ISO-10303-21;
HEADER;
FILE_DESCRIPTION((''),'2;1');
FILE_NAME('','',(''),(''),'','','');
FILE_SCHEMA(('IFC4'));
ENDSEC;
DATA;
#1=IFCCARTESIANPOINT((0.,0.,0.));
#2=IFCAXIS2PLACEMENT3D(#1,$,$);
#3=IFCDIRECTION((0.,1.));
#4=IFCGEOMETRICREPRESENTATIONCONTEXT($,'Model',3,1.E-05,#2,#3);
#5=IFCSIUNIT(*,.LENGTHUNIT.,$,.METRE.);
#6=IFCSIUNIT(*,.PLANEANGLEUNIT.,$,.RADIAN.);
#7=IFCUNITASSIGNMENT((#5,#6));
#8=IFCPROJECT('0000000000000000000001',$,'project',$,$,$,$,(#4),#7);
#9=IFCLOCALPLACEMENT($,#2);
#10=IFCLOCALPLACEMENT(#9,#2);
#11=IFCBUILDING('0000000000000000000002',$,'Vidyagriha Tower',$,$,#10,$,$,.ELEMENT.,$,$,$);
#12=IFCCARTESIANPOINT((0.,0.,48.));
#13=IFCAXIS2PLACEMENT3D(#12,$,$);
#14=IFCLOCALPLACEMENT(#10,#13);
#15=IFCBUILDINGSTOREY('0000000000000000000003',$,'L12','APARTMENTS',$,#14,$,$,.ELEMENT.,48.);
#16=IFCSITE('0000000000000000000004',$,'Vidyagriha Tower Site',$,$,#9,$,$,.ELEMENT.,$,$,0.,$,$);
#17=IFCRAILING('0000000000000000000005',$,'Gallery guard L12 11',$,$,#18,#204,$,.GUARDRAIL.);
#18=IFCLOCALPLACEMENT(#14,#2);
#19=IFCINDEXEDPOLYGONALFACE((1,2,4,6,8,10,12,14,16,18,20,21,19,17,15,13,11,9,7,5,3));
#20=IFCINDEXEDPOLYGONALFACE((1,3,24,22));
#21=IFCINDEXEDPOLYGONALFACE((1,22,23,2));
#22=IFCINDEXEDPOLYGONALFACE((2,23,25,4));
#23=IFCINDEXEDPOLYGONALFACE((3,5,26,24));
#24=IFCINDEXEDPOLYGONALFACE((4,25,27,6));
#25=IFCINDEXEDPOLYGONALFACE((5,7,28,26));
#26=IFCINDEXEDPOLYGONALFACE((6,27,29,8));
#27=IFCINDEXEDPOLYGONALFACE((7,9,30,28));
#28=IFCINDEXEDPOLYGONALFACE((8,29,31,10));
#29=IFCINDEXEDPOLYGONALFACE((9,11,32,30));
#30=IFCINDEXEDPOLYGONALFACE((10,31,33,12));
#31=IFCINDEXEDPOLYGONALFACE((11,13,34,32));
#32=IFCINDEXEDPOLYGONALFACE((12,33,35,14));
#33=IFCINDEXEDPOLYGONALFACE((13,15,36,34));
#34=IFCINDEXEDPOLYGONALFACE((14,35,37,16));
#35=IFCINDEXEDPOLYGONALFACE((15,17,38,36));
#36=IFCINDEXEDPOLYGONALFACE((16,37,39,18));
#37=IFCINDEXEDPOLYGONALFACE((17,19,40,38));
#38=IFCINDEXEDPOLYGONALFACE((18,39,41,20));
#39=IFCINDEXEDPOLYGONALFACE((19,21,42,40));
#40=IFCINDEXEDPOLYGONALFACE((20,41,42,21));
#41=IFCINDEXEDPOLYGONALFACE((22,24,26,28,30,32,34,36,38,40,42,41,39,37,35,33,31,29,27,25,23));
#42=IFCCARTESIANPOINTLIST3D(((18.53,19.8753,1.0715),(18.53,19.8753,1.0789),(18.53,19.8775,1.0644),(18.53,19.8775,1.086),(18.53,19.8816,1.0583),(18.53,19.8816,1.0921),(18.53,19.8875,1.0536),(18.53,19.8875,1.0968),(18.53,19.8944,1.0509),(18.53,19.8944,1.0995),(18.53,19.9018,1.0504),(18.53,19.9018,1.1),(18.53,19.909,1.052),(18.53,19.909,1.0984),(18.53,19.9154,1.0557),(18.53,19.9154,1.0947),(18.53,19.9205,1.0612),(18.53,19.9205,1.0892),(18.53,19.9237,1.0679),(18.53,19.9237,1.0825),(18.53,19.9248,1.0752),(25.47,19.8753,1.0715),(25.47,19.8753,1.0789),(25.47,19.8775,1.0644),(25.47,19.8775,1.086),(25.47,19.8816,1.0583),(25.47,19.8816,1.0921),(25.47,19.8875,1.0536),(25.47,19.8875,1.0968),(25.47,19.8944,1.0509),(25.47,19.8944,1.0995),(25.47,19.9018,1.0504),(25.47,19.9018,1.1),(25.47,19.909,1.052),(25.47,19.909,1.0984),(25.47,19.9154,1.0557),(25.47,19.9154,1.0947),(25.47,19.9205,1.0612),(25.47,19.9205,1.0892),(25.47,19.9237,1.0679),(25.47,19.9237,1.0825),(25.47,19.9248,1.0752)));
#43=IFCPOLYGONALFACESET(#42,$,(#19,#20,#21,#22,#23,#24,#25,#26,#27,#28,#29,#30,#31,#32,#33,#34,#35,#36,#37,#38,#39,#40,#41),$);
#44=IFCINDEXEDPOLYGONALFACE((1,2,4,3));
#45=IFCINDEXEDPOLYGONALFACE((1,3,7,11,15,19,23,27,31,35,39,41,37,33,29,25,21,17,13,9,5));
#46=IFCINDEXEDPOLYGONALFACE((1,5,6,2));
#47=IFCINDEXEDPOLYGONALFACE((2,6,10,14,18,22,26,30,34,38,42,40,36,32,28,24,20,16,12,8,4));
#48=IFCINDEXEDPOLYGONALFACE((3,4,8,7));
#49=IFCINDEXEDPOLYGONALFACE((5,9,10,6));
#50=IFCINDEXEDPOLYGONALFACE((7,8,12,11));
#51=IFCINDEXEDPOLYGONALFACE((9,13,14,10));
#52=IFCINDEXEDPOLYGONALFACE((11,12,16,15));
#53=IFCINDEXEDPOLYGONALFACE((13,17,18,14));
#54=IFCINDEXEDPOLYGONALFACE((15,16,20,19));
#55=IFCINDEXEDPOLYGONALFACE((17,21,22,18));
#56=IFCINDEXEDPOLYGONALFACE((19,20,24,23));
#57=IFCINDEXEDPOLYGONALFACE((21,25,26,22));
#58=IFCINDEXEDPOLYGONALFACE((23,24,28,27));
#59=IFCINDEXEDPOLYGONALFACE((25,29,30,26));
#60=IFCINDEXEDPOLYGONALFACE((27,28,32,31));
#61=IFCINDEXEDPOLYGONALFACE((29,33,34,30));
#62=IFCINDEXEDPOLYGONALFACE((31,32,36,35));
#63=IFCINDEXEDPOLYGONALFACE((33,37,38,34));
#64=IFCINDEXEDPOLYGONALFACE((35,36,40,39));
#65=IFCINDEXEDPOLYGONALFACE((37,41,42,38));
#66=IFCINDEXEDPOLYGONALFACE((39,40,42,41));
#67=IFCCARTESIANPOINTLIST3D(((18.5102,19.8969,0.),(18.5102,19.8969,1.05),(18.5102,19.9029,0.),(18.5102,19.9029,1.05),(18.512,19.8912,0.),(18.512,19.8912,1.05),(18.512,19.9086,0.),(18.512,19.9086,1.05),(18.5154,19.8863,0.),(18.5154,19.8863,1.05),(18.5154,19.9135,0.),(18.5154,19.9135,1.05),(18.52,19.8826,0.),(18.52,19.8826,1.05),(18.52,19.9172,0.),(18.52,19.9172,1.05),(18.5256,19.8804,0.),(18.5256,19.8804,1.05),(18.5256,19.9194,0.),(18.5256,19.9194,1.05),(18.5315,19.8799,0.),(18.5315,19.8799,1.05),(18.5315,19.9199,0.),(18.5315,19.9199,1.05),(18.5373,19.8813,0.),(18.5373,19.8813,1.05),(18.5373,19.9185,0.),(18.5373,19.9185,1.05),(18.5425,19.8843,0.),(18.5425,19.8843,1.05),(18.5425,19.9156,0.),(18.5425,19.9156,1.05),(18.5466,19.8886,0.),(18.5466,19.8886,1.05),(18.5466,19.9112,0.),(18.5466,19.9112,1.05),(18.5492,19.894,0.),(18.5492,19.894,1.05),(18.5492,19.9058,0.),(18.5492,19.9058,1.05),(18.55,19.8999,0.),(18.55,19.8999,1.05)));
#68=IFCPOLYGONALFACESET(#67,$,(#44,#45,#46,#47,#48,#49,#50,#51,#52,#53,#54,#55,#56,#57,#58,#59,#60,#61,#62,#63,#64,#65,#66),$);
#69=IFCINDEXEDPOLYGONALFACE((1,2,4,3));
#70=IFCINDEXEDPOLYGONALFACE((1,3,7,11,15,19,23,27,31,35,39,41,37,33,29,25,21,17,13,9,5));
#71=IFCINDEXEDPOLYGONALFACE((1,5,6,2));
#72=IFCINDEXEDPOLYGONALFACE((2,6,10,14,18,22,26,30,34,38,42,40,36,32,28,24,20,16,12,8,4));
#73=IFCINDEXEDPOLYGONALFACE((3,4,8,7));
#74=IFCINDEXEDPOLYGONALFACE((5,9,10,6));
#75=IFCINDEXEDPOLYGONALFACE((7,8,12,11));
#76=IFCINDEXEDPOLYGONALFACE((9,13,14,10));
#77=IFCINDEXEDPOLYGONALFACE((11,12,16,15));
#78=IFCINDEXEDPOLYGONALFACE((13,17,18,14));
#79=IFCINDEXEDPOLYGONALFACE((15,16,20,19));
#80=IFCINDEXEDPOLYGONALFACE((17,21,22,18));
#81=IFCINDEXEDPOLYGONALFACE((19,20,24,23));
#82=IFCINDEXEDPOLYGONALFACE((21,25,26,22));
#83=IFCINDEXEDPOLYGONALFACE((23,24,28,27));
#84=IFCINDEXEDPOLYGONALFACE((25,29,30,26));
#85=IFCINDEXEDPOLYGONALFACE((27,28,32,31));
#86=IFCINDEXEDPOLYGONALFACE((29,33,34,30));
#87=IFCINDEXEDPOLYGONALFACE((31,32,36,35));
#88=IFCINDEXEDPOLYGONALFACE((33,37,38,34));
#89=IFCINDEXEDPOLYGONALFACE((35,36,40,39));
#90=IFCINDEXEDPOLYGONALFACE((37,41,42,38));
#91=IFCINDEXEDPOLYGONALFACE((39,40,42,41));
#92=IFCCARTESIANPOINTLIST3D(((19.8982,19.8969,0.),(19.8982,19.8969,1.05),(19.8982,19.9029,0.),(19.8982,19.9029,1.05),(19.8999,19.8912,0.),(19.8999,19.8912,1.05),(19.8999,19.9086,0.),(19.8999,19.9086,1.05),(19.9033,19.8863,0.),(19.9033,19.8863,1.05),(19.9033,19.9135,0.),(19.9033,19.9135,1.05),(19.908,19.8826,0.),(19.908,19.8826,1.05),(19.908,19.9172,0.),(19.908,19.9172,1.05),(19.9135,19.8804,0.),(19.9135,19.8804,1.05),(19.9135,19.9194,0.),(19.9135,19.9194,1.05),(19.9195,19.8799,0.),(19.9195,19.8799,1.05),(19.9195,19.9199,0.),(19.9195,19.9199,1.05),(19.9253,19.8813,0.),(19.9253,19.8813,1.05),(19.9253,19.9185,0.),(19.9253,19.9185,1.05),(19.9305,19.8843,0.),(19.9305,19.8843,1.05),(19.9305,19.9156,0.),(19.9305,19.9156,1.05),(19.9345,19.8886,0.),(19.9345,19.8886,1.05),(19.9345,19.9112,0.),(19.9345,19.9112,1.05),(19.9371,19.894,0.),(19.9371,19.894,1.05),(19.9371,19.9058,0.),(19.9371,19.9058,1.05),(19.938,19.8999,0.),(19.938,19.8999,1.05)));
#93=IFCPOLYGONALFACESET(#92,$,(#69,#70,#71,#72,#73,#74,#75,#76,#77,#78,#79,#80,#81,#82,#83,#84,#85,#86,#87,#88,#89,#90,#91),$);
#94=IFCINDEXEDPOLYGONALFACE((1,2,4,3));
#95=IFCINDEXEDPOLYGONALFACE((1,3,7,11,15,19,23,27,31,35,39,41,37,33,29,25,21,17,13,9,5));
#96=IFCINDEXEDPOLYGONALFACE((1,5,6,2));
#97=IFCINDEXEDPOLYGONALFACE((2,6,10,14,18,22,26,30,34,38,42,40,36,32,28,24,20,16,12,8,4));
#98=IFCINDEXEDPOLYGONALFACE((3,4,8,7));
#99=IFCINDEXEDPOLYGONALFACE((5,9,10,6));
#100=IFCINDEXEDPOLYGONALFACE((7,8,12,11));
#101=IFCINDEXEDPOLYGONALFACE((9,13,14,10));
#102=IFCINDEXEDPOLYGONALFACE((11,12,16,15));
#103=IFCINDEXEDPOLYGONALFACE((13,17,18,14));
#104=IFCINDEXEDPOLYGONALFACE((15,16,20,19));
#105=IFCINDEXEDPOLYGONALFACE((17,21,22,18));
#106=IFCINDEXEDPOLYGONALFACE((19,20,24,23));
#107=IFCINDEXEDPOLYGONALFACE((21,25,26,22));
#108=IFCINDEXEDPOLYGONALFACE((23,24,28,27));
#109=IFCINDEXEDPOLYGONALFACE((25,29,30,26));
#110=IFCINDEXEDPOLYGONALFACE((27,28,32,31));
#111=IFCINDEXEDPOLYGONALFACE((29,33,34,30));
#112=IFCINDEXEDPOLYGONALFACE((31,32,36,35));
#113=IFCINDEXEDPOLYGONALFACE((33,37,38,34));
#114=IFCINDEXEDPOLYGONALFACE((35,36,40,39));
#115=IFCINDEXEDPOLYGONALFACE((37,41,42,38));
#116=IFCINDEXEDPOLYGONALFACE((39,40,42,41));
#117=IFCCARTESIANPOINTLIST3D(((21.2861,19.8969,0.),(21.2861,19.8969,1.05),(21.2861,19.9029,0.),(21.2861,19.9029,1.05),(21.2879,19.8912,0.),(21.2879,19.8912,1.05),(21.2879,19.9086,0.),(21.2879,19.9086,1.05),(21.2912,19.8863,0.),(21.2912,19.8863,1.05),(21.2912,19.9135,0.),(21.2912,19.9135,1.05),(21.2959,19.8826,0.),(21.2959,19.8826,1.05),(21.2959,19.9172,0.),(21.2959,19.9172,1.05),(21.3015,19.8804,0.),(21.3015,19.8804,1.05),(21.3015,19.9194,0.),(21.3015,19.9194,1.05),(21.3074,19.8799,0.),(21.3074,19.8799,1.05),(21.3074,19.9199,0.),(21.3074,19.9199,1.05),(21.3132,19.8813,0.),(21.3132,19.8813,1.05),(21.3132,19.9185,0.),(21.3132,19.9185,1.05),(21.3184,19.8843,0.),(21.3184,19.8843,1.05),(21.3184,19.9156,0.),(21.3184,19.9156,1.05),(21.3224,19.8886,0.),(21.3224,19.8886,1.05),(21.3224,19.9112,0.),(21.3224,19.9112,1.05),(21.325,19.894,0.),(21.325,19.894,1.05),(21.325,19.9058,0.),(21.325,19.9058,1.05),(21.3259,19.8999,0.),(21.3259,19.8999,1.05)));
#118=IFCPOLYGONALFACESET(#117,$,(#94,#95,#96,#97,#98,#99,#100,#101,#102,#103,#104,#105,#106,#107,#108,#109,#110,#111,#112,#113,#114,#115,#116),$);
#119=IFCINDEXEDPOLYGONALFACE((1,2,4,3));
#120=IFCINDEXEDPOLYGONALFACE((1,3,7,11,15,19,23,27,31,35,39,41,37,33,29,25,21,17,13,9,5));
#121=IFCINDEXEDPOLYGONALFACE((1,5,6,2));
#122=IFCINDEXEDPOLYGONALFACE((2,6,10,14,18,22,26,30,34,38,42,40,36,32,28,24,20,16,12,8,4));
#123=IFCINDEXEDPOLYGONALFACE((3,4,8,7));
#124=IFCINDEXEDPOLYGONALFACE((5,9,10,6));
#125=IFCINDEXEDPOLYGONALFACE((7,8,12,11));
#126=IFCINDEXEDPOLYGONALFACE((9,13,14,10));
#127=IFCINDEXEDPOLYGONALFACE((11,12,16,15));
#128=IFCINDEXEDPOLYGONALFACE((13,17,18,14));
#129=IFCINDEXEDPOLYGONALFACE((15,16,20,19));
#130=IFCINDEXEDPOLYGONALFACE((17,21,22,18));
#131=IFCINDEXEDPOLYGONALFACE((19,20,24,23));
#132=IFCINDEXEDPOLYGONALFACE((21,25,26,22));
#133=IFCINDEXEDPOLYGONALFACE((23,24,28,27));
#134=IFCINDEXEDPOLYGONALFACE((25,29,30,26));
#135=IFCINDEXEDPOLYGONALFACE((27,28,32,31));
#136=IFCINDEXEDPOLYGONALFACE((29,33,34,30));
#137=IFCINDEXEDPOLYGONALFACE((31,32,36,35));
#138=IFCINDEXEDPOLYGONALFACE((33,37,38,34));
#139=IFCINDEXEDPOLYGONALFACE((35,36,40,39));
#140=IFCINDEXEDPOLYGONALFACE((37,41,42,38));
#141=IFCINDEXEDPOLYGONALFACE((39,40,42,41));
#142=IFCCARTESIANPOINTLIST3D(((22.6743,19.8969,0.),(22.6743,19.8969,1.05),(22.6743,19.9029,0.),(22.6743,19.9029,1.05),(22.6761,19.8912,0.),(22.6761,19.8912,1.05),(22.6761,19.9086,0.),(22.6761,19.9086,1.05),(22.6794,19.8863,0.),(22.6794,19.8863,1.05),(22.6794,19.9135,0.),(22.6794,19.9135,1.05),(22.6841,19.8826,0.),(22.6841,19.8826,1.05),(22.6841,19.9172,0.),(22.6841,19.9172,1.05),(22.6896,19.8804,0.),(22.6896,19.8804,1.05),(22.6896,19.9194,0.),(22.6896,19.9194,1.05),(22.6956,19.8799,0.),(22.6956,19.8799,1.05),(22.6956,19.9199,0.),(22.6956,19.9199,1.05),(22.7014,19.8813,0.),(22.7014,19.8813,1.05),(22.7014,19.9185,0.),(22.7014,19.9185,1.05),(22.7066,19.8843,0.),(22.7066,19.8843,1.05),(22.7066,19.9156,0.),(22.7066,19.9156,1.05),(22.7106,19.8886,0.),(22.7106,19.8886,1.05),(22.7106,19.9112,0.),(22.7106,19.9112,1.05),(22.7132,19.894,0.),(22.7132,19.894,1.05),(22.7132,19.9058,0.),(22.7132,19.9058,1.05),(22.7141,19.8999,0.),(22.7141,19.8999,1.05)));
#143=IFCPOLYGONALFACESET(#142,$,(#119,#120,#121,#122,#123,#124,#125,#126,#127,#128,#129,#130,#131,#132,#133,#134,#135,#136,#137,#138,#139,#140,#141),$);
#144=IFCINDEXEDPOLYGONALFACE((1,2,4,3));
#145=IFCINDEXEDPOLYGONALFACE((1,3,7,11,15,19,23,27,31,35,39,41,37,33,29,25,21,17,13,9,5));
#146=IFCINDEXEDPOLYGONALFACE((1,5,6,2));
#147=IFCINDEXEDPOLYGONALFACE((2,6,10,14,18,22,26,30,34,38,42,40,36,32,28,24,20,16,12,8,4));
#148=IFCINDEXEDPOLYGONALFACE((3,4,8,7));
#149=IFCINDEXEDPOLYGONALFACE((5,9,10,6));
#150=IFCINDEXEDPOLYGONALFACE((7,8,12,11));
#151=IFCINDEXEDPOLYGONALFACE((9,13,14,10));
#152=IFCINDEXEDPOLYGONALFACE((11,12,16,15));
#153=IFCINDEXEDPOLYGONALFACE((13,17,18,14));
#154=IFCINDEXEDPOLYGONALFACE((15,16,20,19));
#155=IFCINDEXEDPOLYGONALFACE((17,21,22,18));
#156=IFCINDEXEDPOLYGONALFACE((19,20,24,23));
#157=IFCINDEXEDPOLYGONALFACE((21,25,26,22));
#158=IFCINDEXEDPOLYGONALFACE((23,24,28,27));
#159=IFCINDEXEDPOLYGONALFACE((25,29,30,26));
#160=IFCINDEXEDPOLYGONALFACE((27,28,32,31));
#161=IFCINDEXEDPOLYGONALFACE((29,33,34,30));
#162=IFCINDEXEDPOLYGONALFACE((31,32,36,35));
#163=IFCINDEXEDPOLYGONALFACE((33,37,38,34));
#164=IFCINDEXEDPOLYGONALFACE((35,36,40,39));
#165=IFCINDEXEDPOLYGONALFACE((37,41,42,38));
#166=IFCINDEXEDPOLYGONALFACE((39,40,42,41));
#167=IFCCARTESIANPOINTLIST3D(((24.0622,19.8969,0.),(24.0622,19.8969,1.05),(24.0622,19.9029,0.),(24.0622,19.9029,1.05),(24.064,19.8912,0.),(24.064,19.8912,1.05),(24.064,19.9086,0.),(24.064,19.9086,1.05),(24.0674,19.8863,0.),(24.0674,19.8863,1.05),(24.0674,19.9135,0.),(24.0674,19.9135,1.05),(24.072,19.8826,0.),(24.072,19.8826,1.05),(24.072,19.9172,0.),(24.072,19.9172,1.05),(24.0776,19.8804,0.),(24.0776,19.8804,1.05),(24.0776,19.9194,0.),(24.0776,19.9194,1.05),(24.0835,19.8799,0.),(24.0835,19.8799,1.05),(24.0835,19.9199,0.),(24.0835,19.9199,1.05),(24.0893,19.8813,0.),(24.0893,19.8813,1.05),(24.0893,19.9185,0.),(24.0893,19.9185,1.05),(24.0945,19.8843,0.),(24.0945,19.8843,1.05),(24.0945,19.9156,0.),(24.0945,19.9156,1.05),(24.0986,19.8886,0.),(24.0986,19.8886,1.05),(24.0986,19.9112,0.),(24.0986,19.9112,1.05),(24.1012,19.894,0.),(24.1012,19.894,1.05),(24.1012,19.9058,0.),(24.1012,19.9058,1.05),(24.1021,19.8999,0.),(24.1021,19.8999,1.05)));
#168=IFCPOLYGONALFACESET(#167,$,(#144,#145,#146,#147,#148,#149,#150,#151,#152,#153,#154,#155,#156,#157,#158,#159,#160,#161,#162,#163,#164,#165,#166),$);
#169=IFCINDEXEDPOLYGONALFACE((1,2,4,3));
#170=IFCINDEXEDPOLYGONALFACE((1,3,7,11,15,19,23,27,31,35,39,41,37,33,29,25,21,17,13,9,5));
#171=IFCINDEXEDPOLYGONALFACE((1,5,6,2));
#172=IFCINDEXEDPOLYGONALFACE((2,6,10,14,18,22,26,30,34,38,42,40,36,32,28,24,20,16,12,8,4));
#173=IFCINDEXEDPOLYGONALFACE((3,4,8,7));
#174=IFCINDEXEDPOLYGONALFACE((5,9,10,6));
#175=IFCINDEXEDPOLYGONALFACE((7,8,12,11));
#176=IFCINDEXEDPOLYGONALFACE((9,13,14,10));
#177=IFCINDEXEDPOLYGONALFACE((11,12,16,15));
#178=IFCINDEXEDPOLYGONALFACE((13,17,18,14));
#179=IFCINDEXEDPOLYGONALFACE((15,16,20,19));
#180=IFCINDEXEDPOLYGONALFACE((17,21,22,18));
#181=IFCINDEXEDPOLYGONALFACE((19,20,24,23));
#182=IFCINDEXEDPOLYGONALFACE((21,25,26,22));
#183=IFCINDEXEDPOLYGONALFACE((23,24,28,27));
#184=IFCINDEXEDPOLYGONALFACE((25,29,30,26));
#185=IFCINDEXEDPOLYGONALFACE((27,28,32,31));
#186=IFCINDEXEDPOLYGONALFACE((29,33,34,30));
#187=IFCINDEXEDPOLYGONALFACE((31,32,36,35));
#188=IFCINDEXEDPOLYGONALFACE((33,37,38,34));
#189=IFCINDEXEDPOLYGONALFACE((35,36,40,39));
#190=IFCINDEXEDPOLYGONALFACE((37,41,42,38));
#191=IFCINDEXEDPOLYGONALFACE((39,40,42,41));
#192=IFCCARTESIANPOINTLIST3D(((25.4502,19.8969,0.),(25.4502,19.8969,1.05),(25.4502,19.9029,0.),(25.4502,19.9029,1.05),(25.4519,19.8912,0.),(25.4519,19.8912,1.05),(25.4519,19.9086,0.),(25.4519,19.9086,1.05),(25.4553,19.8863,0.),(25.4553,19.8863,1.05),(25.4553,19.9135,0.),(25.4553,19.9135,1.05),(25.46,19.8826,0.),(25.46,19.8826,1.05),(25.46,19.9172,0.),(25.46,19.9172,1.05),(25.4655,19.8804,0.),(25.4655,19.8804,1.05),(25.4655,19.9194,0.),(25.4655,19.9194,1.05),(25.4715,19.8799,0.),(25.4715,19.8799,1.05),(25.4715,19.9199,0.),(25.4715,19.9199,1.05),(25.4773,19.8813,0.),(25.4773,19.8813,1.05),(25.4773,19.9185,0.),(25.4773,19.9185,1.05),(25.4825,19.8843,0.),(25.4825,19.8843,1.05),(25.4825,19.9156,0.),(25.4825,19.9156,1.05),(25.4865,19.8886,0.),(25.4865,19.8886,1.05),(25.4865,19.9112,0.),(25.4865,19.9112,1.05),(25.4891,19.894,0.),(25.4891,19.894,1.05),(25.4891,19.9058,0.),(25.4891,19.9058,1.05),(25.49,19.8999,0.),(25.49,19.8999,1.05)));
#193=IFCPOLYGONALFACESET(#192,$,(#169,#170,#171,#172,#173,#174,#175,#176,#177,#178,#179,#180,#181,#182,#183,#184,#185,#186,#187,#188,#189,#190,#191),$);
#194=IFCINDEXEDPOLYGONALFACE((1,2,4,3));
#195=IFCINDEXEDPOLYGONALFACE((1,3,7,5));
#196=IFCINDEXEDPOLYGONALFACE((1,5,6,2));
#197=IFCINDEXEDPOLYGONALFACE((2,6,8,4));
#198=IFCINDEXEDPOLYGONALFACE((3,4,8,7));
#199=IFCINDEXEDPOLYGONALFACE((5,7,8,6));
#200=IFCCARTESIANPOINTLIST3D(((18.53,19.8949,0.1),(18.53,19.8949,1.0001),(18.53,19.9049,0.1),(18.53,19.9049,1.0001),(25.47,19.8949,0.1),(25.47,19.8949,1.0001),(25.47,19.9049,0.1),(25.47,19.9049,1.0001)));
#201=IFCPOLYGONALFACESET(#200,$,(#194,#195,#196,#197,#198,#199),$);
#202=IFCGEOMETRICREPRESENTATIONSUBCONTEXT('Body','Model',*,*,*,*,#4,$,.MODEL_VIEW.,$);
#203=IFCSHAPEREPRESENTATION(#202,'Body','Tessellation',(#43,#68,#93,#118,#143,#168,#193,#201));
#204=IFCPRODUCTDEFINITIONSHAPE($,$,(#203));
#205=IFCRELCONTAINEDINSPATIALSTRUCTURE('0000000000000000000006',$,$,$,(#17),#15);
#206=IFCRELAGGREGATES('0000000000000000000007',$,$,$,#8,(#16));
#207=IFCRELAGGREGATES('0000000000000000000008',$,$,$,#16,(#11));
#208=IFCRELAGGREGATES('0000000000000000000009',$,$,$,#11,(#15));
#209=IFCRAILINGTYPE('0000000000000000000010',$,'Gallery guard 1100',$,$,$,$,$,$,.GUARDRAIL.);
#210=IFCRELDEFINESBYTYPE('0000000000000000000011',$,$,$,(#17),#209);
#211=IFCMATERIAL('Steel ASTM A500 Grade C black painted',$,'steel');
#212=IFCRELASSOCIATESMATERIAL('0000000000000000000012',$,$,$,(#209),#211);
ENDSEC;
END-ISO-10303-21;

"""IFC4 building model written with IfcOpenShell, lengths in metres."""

from ifc_helpers import new_model, si_unit, direction, frame, origin, origin_2d, place, context, subcontext, project, spatial, rectangle, circle, extrude, material, type_object, element, save


model = new_model("IFC4")

# Units and contexts
model_context = context("Model", 3, precision=1e-05, world=origin(), true_north=direction((0.0, 1.0)))
body_context = subcontext(model_context, "Body", "Model", "MODEL_VIEW")
ifc_project = project(units=[si_unit("LENGTHUNIT", "METRE"), si_unit("PLANEANGLEUNIT", "RADIAN")], contexts=[model_context])

# Site, building, storey
site_placement = place(None, origin())
site = spatial("IfcSite", under=ifc_project, at=site_placement, Name="Vidyagriha Tower Site", CompositionType="ELEMENT", RefElevation=0.0)
building_placement = place(site_placement, origin())
building = spatial("IfcBuilding", under=site, at=building_placement, Name="Vidyagriha Tower", CompositionType="ELEMENT")
storey_placement = place(building_placement, frame((0.0, 0.0, 48.0)))
storey = spatial("IfcBuildingStorey", under=building, at=storey_placement, Name="L12", Description="APARTMENTS", CompositionType="ELEMENT", Elevation=48.0)

# Railing
ifc_material_1 = material(Name="Steel ASTM A500 Grade C black painted", Category="steel")
railing_type = type_object("IfcRailingType", Name="Gallery guard 1100", PredefinedType="GUARDRAIL", material=ifc_material_1)
railing_1_placement = place(storey_placement, frame((18.53, 19.8999, 0.0)))
element("IfcRailing", 1, at=railing_1_placement, inside=storey, type_object=railing_type, Name="Gallery guard L12 11", PredefinedType="GUARDRAIL", context=body_context, shape_type="SweptSolid", body=[
    extrude(circle(Radius=0.0249, at=origin_2d()), frame((0.0, 0.0, 1.0752), z_axis=(1.0, 0.0, 0.0), x_axis=(0.0, 1.0, 0.0)), (0.0, 0.0, 1.0), 6.9399),
    extrude(circle(Radius=0.02, at=origin_2d()), origin(), (0.0, 0.0, 1.0), 1.05),
    extrude(circle(Radius=0.02, at=origin_2d()), frame((1.3879, 0.0, 0.0)), (0.0, 0.0, 1.0), 1.05),
    extrude(circle(Radius=0.02, at=origin_2d()), frame((2.7759, 0.0, 0.0)), (0.0, 0.0, 1.0), 1.05),
    extrude(circle(Radius=0.02, at=origin_2d()), frame((4.1641, 0.0, 0.0)), (0.0, 0.0, 1.0), 1.05),
    extrude(circle(Radius=0.02, at=origin_2d()), frame((5.552, 0.0, 0.0)), (0.0, 0.0, 1.0), 1.05),
    extrude(circle(Radius=0.02, at=origin_2d()), frame((6.9399, 0.0, 0.0)), (0.0, 0.0, 1.0), 1.05),
    extrude(rectangle(XDim=0.01, YDim=0.9001, at=origin_2d()), frame((0.0, 0.0, 0.55), z_axis=(1.0, 0.0, 0.0), x_axis=(0.0, 1.0, 0.0)), (0.0, 0.0, 1.0), 6.9399),
])

save(model, "model.ifc")
